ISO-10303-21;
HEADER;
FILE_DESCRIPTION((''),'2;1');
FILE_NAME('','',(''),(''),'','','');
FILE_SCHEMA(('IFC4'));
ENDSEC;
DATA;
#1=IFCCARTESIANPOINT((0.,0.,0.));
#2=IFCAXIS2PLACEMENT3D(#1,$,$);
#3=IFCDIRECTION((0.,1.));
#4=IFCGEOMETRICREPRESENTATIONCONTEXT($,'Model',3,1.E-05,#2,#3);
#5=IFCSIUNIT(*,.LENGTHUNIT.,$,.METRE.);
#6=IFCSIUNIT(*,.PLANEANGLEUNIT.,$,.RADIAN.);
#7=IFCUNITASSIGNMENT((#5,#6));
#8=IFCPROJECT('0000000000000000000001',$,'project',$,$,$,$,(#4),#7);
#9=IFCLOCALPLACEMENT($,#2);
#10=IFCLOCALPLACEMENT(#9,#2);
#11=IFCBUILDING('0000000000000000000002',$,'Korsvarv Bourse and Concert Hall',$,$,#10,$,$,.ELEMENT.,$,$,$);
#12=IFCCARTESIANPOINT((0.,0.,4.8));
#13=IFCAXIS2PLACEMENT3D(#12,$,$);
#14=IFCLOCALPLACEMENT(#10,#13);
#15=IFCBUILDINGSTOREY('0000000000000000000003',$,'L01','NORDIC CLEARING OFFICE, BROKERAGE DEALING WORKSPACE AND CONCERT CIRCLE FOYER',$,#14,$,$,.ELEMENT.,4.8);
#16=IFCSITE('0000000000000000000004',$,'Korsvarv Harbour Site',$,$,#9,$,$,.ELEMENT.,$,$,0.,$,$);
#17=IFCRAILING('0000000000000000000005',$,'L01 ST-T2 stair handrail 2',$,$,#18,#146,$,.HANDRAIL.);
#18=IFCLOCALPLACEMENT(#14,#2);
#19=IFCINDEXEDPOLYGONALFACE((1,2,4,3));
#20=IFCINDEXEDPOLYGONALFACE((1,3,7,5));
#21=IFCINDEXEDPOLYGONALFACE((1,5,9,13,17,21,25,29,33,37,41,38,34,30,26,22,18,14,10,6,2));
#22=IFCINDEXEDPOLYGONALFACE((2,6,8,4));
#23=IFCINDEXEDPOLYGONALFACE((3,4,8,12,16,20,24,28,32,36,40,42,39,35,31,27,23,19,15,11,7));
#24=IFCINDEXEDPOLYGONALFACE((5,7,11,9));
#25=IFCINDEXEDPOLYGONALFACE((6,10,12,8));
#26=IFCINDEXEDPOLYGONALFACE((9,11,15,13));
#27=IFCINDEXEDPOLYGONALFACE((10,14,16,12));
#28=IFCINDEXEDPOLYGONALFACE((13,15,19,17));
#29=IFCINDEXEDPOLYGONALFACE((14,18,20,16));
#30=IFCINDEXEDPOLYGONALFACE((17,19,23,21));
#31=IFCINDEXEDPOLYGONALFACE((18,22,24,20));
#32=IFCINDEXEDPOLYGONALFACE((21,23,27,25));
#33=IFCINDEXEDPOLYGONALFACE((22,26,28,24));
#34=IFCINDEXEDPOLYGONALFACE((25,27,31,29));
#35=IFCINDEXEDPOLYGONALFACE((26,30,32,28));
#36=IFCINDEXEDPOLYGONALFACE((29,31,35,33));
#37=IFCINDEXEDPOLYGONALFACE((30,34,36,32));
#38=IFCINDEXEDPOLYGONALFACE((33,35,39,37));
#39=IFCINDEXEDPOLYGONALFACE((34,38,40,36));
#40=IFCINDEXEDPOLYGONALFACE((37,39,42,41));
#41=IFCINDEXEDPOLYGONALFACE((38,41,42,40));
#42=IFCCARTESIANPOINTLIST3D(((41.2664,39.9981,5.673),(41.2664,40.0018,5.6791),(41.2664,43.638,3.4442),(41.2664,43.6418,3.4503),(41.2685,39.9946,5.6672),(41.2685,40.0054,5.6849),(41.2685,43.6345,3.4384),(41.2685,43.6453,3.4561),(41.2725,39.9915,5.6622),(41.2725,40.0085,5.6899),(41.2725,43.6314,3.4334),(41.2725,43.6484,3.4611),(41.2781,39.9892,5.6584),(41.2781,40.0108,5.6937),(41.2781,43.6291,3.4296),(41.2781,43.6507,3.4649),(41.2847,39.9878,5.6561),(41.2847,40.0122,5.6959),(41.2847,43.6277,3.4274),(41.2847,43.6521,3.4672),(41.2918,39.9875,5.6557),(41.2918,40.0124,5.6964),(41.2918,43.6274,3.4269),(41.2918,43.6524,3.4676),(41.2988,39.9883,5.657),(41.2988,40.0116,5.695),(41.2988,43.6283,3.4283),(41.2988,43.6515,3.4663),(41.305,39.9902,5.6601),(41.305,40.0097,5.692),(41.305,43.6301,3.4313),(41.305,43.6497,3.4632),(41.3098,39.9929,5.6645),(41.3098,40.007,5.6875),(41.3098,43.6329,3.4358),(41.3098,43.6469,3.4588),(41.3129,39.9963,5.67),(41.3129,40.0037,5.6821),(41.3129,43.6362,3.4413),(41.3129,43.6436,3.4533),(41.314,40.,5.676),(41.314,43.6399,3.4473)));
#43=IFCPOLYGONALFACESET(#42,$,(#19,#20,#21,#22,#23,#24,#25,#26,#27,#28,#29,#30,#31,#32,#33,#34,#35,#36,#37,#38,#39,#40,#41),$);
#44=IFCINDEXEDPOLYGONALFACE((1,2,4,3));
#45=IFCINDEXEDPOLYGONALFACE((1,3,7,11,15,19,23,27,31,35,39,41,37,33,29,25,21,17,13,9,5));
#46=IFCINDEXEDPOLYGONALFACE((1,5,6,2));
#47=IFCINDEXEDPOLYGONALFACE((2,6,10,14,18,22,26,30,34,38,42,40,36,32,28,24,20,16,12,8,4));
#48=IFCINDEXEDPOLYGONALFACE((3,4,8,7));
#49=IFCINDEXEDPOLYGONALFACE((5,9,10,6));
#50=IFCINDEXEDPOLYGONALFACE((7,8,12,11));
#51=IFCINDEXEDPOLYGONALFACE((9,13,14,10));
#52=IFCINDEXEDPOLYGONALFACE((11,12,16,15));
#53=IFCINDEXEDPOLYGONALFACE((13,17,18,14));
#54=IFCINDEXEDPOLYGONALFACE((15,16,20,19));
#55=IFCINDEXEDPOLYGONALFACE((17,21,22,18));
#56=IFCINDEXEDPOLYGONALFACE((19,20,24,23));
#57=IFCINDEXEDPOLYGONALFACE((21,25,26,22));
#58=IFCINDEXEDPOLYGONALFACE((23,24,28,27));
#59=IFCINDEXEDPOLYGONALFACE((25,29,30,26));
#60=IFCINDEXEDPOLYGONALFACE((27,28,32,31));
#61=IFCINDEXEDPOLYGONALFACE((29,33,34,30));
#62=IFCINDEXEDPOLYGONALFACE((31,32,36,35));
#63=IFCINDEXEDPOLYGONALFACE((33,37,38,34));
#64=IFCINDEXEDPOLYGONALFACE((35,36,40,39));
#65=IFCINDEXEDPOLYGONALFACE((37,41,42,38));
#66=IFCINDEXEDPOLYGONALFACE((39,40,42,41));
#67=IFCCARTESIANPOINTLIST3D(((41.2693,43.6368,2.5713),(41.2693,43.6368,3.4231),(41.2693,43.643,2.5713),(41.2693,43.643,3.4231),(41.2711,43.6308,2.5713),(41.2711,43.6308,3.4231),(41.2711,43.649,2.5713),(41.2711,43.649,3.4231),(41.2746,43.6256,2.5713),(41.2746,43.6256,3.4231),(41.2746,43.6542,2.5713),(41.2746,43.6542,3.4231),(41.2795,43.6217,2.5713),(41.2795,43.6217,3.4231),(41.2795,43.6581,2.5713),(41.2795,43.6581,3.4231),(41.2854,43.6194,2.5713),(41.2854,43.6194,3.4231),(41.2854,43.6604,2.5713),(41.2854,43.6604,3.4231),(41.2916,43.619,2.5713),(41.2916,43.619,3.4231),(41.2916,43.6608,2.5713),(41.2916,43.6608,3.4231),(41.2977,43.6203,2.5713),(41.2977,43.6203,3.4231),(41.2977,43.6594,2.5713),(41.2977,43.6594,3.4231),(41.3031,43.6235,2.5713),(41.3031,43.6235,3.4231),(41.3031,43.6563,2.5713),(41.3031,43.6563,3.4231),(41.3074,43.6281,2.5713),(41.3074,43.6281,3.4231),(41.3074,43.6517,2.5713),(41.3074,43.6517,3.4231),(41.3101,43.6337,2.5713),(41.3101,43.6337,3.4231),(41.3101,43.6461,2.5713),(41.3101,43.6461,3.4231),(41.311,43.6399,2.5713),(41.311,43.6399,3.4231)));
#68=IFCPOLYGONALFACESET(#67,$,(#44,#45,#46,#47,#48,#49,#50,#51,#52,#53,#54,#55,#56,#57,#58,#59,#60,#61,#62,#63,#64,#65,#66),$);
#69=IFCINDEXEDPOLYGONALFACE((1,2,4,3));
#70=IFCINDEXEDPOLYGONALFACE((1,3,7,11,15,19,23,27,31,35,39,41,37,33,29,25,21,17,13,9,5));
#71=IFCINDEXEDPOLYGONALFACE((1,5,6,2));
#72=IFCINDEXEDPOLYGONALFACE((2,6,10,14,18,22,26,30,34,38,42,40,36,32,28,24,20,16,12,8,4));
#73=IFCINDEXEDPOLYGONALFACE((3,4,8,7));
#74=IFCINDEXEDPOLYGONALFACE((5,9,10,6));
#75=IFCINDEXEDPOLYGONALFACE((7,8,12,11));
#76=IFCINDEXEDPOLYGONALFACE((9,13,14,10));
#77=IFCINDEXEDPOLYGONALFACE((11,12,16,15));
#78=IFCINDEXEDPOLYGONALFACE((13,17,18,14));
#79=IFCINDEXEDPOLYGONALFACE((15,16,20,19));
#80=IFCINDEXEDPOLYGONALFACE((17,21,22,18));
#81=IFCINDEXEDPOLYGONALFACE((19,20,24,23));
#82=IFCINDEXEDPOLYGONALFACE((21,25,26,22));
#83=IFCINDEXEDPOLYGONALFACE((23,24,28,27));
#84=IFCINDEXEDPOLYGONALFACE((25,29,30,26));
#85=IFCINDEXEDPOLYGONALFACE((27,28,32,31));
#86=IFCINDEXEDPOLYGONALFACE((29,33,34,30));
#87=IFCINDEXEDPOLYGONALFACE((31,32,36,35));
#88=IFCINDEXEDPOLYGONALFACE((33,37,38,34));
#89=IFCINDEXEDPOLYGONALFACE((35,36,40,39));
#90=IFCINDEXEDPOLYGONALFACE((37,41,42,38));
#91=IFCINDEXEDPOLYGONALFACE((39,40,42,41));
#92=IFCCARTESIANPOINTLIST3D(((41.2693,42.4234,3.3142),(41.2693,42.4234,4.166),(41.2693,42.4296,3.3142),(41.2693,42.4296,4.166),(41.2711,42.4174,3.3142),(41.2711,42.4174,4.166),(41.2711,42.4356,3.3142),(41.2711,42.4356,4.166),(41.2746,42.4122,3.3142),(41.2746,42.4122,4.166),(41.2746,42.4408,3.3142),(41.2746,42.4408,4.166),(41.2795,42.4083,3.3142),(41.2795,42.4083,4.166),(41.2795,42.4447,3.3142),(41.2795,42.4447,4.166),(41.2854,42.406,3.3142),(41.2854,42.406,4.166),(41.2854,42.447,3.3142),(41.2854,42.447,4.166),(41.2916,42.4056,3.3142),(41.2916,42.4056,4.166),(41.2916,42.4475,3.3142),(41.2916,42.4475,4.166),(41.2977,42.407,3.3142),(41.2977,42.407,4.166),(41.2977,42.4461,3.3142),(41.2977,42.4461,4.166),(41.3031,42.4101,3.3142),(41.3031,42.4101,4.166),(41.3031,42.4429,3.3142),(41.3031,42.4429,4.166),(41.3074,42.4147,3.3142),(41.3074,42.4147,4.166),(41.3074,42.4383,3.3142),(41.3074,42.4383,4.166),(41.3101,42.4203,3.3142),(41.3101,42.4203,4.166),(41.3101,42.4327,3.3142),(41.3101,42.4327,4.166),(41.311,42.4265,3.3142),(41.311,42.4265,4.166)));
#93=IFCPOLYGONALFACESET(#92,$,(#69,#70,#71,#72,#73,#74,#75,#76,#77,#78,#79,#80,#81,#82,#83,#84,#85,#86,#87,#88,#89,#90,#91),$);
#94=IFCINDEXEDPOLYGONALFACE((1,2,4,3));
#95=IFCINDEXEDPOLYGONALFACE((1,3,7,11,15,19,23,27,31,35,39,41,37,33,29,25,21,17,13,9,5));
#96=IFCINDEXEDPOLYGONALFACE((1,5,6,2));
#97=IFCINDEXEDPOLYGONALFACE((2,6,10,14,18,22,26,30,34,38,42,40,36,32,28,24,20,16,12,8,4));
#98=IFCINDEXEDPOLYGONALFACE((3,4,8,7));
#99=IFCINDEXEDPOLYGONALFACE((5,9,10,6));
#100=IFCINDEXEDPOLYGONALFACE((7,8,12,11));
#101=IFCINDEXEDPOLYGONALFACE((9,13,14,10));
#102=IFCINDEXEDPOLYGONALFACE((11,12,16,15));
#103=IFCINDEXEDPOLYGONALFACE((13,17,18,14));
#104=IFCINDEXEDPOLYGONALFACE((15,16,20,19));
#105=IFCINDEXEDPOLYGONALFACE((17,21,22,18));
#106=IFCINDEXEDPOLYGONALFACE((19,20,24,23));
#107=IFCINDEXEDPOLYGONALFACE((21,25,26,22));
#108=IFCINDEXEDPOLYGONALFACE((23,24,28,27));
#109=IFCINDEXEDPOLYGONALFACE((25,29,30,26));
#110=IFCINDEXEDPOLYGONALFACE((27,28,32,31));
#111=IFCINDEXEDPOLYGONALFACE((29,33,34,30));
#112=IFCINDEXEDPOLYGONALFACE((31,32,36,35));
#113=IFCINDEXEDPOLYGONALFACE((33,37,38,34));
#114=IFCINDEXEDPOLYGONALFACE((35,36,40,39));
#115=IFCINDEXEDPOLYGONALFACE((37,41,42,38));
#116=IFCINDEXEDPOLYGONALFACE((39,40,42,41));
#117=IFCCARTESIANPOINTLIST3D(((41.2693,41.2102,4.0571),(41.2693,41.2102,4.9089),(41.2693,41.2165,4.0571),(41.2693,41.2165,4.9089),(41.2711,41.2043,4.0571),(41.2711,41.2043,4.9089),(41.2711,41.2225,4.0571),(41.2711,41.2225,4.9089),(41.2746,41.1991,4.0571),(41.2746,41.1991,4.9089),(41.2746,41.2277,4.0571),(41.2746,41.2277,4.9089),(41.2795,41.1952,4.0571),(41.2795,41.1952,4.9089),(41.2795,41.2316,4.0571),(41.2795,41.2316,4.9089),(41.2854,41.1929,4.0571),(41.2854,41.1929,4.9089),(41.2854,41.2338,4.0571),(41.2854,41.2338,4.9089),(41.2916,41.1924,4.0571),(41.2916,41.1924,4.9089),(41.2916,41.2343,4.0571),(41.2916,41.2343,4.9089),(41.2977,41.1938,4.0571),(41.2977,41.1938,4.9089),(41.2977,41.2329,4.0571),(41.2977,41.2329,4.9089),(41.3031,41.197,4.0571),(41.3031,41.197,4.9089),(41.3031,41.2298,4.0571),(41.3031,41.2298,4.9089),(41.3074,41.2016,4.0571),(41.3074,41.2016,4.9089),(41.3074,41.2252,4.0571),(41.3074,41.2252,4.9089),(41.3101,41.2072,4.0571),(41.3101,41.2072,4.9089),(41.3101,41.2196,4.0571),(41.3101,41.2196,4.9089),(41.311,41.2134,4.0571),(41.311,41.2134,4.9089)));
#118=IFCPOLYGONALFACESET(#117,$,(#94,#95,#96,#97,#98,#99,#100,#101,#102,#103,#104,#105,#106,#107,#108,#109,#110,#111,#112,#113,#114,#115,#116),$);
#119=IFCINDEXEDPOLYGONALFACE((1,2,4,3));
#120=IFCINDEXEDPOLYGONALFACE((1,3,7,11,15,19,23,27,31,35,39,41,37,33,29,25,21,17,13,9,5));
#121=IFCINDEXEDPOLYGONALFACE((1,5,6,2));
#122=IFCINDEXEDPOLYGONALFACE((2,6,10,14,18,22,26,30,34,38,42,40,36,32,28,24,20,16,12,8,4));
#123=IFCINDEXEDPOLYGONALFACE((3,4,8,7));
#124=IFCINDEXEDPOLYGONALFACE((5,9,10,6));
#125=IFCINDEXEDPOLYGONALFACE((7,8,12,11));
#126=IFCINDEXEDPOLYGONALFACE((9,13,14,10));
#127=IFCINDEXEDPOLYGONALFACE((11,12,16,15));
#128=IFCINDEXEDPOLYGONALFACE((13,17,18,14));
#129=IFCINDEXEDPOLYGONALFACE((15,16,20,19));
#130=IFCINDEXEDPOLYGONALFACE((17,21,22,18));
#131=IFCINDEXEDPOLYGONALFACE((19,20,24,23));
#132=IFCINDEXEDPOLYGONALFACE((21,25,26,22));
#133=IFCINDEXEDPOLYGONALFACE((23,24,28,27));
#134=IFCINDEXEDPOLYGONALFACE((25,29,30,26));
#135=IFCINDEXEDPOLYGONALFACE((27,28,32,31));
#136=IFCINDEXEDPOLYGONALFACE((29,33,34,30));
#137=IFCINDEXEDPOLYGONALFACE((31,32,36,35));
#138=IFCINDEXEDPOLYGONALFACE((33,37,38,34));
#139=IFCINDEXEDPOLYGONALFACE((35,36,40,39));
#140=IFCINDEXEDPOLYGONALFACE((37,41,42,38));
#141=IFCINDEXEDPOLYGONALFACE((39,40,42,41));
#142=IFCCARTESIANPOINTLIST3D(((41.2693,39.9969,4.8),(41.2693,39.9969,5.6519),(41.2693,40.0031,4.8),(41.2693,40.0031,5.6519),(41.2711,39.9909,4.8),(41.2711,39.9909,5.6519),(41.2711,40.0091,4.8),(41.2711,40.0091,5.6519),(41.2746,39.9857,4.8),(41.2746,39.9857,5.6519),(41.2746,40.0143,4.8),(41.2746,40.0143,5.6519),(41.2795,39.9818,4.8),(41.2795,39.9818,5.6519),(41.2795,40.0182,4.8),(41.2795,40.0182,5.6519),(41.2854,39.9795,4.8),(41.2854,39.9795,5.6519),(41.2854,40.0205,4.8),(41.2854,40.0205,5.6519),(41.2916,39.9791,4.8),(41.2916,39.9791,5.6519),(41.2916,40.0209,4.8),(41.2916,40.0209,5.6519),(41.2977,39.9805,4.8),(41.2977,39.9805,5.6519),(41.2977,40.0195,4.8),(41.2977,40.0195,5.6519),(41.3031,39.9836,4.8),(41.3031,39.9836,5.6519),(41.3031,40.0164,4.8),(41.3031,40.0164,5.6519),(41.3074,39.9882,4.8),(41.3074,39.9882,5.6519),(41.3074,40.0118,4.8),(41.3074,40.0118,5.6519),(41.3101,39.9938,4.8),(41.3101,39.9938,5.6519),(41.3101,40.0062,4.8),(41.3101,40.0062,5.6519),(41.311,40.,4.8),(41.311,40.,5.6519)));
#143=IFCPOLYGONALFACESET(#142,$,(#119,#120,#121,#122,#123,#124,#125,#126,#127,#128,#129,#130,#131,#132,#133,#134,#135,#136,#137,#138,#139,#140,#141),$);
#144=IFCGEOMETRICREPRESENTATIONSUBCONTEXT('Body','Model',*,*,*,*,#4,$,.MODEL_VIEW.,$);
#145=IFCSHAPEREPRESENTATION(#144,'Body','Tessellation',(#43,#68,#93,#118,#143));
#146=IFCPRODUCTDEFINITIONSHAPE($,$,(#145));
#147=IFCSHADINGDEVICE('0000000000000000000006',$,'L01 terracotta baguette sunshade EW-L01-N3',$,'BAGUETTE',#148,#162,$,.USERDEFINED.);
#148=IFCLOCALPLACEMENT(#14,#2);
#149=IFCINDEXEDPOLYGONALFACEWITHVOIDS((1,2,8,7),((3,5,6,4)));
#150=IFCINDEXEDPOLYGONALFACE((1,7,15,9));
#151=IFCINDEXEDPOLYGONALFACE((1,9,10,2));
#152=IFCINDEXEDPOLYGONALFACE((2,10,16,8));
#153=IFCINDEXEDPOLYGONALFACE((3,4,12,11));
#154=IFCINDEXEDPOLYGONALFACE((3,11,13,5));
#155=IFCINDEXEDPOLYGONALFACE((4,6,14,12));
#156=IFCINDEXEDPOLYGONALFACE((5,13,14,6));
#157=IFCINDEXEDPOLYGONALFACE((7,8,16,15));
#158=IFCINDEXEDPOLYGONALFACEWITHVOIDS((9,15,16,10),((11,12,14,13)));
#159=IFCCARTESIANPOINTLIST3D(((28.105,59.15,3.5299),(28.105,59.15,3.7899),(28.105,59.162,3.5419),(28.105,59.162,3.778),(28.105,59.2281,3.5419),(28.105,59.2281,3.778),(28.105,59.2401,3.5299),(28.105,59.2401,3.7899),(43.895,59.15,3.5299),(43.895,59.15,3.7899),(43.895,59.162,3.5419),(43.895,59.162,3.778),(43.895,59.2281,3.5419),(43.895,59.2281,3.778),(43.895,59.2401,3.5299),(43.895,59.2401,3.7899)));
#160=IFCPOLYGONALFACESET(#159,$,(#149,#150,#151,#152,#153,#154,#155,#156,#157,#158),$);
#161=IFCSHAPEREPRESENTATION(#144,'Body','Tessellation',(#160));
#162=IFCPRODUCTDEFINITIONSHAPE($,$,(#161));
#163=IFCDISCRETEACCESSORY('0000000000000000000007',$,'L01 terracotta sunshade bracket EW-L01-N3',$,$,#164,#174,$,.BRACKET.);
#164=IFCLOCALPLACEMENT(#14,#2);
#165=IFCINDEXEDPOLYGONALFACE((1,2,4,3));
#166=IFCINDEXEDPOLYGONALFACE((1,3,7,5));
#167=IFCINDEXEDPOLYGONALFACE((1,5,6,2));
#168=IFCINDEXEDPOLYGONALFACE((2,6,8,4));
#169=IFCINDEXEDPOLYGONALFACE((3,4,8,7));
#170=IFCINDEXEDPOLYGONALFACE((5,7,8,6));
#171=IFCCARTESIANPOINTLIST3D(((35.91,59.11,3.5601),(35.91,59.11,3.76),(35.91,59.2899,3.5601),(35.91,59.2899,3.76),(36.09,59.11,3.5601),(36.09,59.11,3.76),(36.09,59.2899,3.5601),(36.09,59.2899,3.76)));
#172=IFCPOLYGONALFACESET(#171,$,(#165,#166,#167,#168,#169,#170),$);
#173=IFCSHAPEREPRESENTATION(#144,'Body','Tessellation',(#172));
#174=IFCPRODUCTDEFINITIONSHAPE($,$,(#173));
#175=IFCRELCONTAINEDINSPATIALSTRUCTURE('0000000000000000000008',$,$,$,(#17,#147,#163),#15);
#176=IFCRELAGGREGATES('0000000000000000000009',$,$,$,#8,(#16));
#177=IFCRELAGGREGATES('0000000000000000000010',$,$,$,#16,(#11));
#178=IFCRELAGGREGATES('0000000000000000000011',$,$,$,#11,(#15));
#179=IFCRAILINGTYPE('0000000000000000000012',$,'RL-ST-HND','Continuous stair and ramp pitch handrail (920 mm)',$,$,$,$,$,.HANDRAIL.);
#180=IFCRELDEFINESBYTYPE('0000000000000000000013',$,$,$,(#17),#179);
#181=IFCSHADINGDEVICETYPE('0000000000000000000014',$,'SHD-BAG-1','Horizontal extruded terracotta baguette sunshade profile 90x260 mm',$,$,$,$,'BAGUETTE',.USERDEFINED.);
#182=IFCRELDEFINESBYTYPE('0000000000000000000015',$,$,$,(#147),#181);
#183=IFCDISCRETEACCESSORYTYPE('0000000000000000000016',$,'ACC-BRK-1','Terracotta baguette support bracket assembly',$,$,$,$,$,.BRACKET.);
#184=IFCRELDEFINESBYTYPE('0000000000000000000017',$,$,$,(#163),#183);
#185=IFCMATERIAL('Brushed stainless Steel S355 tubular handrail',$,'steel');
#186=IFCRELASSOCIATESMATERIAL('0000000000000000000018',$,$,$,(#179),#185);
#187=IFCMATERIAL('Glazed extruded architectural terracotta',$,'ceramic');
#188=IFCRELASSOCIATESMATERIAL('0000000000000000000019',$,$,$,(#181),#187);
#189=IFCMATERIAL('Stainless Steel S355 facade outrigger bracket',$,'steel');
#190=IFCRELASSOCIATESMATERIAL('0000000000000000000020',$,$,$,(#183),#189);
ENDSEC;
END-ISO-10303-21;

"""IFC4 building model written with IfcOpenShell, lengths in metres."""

from ifc_helpers import new_model, si_unit, direction, frame, origin, origin_2d, place, context, subcontext, project, spatial, rectangle, hollow_rectangle, circle, extrude, source, transform, mapped, material, material_profile, profile_set, type_object, element, save


model = new_model("IFC4")

# Units and contexts
model_context = context("Model", 3, precision=1e-05, world=origin(), true_north=direction((0.0, 1.0)))
body_context = subcontext(model_context, "Body", "Model", "MODEL_VIEW")
ifc_project = project(units=[si_unit("LENGTHUNIT", "METRE"), si_unit("PLANEANGLEUNIT", "RADIAN")], contexts=[model_context])

# Site, building, storey
site_placement = place(None, origin())
site = spatial("IfcSite", under=ifc_project, at=site_placement, Name="Korsvarv Harbour Site", CompositionType="ELEMENT", RefElevation=0.0)
building_placement = place(site_placement, origin())
building = spatial("IfcBuilding", under=site, at=building_placement, Name="Korsvarv Bourse and Concert Hall", CompositionType="ELEMENT")
storey_placement = place(building_placement, frame((0.0, 0.0, 4.8)))
storey = spatial("IfcBuildingStorey", under=building, at=storey_placement, Name="L01", Description="NORDIC CLEARING OFFICE, BROKERAGE DEALING WORKSPACE AND CONCERT CIRCLE FOYER", CompositionType="ELEMENT", Elevation=4.8)

# Railing
ifc_material_1 = material(Name="Brushed stainless Steel S355 tubular handrail", Category="steel")
railing_type_1 = type_object("IfcRailingType", Name="RL-ST-HND", Description="Continuous stair and ramp pitch handrail (920 mm)", PredefinedType="HANDRAIL", material=ifc_material_1)
railing_1_placement = place(storey_placement, frame((41.29, 43.6399, 2.5713)))
element("IfcRailing", 1, at=railing_1_placement, inside=storey, type_object=railing_type_1, Name="L01 ST-T2 stair handrail 2", PredefinedType="HANDRAIL", context=body_context, shape_type="SweptSolid", body=[
    extrude(circle(Radius=0.0239, at=origin_2d()), frame((0.0, 0.0, 0.876), z_axis=(0.0, -0.852825, 0.522197), x_axis=(1.0, 0.0, 0.0)), (0.0, 0.0, 1.0), 4.2681),
    extrude(circle(Radius=0.021, at=origin_2d()), origin(), (0.0, 0.0, 1.0), 0.8518),
    extrude(circle(Radius=0.021, at=origin_2d()), frame((0.0, -1.2134, 0.7429)), (0.0, 0.0, 1.0), 0.8518),
    extrude(circle(Radius=0.021, at=origin_2d()), frame((0.0, -2.4265, 1.4858)), (0.0, 0.0, 1.0), 0.8518),
    extrude(circle(Radius=0.021, at=origin_2d()), frame((0.0, -3.6399, 2.2288)), (0.0, 0.0, 1.0), 0.8518),
])

# Shading device
ifc_material_2 = material(Name="Glazed extruded architectural terracotta", Category="ceramic")
ifc_material_profile_1 = material_profile(ifc_material_2, hollow_rectangle(XDim=0.0901, YDim=0.26, WallThickness=0.012, at=origin_2d()), Name="TC-BAG 90x260")
ifc_profile_set_1 = profile_set([ifc_material_profile_1], Name="Glazed extruded architectural terracotta")
shading_device_type = type_object("IfcShadingDeviceType", Name="SHD-BAG-1", Description="Horizontal extruded terracotta baguette sunshade profile 90x260 mm", ElementType="BAGUETTE", PredefinedType="USERDEFINED", material=ifc_profile_set_1)
shared_shape_1 = source(origin(), body_context, "Body", "SweptSolid", [
    extrude(hollow_rectangle(XDim=0.0901, YDim=0.26, WallThickness=0.012, at=origin_2d()), origin(), (0.0, 0.0, 1.0), 15.79),
])
shading_device_placement = place(storey_placement, frame((28.105, 59.1951, 3.6599), z_axis=(1.0, 0.0, 0.0), x_axis=(0.0, 1.0, 0.0)))
element("IfcShadingDevice", 2, at=shading_device_placement, inside=storey, type_object=shading_device_type, Name="L01 terracotta baguette sunshade EW-L01-N3", ObjectType="BAGUETTE", PredefinedType="USERDEFINED", context=body_context, shape_type="MappedRepresentation", body=[
    mapped(shared_shape_1, transform((0.0, 0.0, 0.0), scale=1.0)),
])

# Discrete accessory
ifc_material_3 = material(Name="Stainless Steel S355 facade outrigger bracket", Category="steel")
discrete_accessory_type = type_object("IfcDiscreteAccessoryType", Name="ACC-BRK-1", Description="Terracotta baguette support bracket assembly", PredefinedType="BRACKET", material=ifc_material_3)
shared_shape_2 = source(origin(), body_context, "Body", "SweptSolid", [
    extrude(rectangle(XDim=0.1799, YDim=0.1799, at=origin_2d()), origin(), (0.0, 0.0, 1.0), 0.2),
])
discrete_accessory_placement = place(storey_placement, frame((36.0, 59.2, 3.5601), z_axis=(0.0, 0.0, 1.0), x_axis=(1.0, 0.0, 0.0)))
element("IfcDiscreteAccessory", 3, at=discrete_accessory_placement, inside=storey, type_object=discrete_accessory_type, Name="L01 terracotta sunshade bracket EW-L01-N3", PredefinedType="BRACKET", context=body_context, shape_type="MappedRepresentation", body=[
    mapped(shared_shape_2, transform((0.0, 0.0, 0.0), scale=1.0)),
])

save(model, "model.ifc")
